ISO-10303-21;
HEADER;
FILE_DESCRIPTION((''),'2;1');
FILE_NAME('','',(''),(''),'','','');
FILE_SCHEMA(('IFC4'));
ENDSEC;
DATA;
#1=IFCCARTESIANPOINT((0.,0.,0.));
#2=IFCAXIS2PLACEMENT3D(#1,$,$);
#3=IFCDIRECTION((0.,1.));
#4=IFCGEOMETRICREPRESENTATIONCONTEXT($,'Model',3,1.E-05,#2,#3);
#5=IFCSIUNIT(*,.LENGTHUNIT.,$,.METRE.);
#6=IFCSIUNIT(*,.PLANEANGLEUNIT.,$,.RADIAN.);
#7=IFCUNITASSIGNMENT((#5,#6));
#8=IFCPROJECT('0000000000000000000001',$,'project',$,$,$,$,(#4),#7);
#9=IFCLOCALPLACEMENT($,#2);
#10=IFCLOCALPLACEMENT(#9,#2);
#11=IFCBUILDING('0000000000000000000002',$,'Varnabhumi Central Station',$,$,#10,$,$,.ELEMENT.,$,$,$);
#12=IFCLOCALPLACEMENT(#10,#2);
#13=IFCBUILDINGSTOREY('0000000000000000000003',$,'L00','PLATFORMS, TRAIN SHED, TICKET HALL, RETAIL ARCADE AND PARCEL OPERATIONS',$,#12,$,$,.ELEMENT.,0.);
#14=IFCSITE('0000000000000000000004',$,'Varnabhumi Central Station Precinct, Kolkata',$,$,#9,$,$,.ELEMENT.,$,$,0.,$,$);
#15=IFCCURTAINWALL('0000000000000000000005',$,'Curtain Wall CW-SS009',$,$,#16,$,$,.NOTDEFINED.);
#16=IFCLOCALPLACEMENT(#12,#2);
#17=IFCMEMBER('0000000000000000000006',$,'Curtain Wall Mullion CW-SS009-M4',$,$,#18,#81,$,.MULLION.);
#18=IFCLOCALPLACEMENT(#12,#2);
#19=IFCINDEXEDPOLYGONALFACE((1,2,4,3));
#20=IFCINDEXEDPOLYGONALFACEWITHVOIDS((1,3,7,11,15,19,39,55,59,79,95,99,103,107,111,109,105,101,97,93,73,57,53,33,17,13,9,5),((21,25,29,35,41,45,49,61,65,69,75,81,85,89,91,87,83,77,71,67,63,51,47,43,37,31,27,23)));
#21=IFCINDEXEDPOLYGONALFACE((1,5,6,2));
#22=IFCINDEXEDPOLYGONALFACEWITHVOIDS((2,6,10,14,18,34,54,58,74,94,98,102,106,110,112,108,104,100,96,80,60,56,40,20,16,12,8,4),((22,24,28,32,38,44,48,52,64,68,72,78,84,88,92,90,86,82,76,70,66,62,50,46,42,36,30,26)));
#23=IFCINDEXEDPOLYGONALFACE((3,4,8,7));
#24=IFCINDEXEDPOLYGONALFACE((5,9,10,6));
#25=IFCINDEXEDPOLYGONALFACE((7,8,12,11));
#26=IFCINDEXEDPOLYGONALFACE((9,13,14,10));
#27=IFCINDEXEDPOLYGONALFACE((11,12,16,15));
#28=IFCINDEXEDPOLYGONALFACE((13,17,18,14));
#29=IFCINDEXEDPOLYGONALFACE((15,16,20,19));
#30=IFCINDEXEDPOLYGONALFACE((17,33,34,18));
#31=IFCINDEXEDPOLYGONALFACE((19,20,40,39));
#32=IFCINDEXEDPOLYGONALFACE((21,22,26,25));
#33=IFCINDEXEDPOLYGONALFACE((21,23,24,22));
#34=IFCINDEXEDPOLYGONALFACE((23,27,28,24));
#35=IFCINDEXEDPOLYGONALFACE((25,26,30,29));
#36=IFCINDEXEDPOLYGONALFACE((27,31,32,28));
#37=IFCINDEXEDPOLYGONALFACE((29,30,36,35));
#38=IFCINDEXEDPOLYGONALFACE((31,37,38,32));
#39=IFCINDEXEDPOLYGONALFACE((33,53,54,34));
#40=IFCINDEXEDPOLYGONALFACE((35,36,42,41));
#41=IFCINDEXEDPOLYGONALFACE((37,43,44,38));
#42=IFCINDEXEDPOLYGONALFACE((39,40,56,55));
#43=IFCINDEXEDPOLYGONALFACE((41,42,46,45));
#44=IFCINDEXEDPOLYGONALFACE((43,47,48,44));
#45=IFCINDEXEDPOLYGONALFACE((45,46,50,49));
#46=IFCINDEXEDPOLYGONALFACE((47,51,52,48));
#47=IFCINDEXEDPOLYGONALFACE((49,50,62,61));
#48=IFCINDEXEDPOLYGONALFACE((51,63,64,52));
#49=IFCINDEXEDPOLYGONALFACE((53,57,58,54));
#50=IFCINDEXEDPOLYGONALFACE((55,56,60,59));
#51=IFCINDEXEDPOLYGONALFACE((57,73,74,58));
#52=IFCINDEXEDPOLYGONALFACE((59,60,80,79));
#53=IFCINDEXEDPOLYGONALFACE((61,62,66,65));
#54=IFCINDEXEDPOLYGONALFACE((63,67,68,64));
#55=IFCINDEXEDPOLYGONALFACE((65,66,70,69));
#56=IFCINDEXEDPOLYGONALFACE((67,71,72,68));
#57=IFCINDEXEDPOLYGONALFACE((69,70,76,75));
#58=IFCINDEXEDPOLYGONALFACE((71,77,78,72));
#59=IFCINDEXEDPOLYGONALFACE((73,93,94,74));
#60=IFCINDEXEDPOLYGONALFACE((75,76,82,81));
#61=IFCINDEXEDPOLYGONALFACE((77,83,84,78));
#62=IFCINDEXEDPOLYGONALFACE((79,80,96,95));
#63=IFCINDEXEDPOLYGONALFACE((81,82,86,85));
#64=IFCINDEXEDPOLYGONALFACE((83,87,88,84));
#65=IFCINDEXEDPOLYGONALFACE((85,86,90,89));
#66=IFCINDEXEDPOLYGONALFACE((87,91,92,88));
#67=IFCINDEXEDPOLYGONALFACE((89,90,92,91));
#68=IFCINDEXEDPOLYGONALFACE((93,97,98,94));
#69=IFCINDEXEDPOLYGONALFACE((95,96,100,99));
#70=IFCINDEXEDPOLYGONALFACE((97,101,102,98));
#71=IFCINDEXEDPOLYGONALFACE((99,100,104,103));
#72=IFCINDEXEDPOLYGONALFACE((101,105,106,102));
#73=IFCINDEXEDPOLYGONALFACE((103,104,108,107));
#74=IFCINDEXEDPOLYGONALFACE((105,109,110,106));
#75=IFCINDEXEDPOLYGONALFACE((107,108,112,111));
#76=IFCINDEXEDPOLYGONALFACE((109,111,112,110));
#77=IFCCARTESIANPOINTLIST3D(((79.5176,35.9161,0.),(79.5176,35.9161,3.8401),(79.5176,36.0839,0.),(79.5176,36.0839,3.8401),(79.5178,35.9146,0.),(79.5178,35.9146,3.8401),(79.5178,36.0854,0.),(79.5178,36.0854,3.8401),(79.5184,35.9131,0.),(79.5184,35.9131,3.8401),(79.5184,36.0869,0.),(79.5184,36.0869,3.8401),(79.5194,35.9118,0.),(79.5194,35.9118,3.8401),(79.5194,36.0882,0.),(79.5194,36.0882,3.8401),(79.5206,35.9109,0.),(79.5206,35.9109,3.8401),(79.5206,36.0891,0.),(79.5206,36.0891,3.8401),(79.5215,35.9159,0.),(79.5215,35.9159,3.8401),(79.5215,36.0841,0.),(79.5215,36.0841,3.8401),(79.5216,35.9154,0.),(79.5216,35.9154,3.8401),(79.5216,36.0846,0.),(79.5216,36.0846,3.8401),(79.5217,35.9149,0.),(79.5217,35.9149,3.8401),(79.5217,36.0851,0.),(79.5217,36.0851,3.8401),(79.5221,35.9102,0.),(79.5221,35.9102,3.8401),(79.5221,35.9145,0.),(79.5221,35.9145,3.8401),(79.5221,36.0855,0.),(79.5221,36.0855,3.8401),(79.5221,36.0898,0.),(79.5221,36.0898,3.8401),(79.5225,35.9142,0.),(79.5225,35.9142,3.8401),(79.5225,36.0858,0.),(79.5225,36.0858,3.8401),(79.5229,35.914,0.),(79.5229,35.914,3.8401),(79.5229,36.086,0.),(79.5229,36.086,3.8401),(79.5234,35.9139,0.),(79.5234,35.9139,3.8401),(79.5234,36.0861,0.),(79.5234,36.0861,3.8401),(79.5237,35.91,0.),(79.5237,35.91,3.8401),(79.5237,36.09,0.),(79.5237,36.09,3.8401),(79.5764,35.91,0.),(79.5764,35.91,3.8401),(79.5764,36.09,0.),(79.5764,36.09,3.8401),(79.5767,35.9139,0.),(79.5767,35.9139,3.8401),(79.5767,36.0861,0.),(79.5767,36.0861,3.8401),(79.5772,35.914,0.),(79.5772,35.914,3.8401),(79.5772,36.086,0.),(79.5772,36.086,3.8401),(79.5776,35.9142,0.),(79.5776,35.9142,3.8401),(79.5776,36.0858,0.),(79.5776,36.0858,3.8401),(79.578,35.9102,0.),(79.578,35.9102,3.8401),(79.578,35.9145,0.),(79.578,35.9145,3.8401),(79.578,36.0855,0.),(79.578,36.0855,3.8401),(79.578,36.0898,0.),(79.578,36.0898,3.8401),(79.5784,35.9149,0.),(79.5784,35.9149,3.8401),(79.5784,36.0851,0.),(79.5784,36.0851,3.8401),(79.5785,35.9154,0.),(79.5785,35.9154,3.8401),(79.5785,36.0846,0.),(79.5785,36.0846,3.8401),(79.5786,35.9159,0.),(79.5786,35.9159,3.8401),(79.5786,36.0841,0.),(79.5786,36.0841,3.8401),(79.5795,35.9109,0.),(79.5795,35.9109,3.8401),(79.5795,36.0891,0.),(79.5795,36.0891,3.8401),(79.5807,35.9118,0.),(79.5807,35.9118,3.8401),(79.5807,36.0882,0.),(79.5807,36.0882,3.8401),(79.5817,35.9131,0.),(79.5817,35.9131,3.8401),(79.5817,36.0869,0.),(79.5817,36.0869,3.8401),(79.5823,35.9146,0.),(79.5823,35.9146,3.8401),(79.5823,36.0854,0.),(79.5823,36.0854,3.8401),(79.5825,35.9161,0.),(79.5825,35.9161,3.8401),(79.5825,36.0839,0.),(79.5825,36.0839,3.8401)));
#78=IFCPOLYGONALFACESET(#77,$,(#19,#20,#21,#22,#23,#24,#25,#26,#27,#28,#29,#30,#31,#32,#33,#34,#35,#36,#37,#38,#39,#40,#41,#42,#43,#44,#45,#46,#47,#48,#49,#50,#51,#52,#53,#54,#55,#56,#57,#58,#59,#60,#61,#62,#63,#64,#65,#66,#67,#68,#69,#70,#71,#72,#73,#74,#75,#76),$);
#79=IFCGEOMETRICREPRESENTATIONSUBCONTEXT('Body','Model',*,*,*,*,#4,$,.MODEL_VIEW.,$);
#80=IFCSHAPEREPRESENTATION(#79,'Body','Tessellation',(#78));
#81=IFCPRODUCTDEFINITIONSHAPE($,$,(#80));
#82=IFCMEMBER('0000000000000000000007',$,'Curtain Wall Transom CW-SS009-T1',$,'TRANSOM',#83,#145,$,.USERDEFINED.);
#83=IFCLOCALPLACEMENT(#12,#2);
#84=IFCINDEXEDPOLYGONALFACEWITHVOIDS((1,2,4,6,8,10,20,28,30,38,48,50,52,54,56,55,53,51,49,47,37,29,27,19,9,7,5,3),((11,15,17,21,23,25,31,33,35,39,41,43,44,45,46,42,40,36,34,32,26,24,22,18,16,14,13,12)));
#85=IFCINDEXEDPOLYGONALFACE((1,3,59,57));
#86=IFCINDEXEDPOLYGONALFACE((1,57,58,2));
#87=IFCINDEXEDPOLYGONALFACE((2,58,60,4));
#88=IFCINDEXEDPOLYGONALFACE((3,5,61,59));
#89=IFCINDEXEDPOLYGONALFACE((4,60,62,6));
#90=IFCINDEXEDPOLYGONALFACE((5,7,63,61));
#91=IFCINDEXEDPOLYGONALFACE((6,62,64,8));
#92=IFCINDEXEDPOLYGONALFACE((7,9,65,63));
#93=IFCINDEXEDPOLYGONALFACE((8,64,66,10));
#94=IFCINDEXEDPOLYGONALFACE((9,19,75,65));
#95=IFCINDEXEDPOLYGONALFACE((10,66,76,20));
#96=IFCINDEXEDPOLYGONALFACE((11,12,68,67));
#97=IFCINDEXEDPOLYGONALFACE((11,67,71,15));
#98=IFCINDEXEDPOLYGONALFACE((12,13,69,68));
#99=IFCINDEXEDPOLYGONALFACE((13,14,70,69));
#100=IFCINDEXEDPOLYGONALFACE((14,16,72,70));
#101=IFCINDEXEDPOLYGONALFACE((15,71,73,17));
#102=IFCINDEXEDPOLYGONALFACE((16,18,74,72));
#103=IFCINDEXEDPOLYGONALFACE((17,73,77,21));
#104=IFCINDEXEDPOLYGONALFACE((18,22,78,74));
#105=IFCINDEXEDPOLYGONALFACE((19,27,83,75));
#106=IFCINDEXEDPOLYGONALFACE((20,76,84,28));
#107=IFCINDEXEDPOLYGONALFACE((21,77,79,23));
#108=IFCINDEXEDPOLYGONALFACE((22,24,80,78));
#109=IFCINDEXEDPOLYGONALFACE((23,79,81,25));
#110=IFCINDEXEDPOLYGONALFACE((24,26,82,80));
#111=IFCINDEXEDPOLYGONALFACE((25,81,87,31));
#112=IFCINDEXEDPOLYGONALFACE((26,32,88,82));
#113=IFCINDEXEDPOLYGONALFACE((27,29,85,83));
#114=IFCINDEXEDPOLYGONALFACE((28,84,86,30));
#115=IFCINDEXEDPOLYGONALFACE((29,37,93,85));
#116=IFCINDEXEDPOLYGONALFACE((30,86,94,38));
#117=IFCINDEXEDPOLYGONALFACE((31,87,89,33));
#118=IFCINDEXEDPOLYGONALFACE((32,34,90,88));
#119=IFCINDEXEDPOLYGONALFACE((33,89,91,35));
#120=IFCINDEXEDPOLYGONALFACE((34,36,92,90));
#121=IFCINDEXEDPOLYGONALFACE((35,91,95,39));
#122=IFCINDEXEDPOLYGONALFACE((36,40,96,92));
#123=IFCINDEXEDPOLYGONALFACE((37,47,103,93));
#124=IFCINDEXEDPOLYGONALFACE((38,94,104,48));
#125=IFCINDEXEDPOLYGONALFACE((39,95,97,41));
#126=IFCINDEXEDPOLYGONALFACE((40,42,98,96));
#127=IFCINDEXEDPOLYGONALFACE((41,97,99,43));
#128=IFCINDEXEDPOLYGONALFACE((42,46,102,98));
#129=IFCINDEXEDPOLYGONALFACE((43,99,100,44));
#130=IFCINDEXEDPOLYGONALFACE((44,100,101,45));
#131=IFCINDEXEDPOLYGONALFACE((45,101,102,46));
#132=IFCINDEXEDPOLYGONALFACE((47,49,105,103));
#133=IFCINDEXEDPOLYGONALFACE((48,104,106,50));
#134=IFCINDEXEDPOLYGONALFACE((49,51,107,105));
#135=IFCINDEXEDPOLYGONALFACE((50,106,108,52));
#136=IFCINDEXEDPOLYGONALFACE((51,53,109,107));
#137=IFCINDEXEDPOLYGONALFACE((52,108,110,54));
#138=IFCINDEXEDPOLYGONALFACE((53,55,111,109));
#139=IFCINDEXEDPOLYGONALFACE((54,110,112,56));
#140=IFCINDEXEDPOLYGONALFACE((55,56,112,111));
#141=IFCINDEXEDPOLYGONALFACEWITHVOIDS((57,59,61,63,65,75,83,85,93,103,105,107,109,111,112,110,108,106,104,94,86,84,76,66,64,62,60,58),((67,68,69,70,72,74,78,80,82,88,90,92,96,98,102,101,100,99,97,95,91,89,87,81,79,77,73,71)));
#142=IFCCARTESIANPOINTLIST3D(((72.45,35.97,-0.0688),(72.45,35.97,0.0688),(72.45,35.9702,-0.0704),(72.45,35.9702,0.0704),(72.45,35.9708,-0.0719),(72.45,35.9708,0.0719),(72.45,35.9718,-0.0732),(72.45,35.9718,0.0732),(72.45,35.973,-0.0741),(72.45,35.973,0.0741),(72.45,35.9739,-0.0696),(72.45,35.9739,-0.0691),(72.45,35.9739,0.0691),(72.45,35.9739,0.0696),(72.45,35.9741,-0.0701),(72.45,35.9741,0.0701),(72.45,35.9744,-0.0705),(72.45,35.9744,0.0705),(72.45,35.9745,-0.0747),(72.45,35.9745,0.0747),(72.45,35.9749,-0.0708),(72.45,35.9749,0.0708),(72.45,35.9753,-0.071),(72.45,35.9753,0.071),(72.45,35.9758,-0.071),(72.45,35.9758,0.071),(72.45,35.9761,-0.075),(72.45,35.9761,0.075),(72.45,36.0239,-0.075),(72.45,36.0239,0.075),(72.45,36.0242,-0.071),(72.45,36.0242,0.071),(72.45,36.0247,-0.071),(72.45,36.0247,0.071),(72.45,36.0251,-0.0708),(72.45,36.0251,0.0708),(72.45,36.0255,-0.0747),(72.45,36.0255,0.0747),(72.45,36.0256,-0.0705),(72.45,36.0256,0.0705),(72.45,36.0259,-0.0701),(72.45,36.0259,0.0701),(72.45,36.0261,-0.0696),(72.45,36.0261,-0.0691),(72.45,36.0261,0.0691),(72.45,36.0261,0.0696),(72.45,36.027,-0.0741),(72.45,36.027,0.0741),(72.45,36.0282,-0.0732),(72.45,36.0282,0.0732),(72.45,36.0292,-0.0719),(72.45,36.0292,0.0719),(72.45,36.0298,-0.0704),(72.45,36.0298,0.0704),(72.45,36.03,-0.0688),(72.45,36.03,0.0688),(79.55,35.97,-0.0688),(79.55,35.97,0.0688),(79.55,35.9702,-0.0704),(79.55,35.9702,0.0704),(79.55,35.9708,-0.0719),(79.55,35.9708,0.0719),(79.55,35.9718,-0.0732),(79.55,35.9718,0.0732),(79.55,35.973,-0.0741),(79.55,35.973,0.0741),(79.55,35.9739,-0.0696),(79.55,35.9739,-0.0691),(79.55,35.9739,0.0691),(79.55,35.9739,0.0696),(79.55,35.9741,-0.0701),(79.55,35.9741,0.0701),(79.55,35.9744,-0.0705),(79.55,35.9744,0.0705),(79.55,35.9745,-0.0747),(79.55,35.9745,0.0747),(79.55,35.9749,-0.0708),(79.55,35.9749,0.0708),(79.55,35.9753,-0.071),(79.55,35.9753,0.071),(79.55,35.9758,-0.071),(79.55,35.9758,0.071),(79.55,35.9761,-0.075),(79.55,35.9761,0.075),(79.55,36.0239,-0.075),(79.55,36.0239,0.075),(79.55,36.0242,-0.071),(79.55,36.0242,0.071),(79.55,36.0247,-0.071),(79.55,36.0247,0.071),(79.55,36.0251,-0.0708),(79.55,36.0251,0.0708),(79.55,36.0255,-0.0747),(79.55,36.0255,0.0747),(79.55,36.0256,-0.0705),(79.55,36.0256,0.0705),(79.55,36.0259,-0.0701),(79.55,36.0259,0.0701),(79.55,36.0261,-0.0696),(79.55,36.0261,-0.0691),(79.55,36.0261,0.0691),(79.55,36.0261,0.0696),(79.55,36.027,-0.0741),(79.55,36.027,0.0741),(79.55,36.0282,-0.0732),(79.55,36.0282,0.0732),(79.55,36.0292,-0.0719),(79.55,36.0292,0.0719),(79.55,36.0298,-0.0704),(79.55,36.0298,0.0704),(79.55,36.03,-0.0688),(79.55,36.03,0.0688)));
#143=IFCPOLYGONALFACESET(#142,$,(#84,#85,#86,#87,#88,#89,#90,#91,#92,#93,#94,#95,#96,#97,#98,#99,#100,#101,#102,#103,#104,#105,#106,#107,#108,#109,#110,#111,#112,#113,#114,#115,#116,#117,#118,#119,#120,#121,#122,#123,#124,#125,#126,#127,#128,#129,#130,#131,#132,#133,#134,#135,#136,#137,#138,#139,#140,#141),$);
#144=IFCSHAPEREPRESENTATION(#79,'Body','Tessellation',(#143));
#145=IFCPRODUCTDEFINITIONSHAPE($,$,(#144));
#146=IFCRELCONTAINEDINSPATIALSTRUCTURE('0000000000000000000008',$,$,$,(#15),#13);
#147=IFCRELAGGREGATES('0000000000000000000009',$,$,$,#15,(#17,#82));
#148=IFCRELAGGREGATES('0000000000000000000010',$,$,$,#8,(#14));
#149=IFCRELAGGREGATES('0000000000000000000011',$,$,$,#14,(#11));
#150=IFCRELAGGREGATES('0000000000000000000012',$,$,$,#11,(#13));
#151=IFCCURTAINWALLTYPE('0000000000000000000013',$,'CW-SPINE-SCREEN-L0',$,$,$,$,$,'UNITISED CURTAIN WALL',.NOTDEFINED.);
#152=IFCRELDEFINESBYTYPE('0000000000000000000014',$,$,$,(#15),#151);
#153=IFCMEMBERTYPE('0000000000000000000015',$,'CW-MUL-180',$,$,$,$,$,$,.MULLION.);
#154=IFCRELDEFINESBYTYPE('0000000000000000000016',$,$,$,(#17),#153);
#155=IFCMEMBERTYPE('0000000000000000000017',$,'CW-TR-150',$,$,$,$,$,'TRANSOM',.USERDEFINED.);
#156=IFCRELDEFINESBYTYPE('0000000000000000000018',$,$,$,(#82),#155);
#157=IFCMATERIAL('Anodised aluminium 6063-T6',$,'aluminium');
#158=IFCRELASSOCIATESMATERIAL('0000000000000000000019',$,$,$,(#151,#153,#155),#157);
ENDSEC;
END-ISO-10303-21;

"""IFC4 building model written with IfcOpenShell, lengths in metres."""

from ifc_helpers import new_model, si_unit, direction, frame, origin, origin_2d, place, context, subcontext, project, spatial, hollow_rectangle, extrude, material, material_profile, profile_set, type_object, element, aggregate, save


model = new_model("IFC4")

# Units and contexts
model_context = context("Model", 3, precision=1e-05, world=origin(), true_north=direction((0.0, 1.0)))
body_context = subcontext(model_context, "Body", "Model", "MODEL_VIEW")
ifc_project = project(units=[si_unit("LENGTHUNIT", "METRE"), si_unit("PLANEANGLEUNIT", "RADIAN")], contexts=[model_context])

# Site, building, storey
site_placement = place(None, origin())
site = spatial("IfcSite", under=ifc_project, at=site_placement, Name="Varnabhumi Central Station Precinct, Kolkata", CompositionType="ELEMENT", RefElevation=0.0)
building_placement = place(site_placement, origin())
building = spatial("IfcBuilding", under=site, at=building_placement, Name="Varnabhumi Central Station", CompositionType="ELEMENT")
storey_placement = place(building_placement, origin())
storey = spatial("IfcBuildingStorey", under=building, at=storey_placement, Name="L00", Description="PLATFORMS, TRAIN SHED, TICKET HALL, RETAIL ARCADE AND PARCEL OPERATIONS", CompositionType="ELEMENT", Elevation=0.0)

# Curtain wall, members
ifc_material_1 = material(Name="Anodised aluminium 6063-T6", Category="aluminium")
curtain_wall_type = type_object("IfcCurtainWallType", Name="CW-SPINE-SCREEN-L0", ElementType="UNITISED CURTAIN WALL", PredefinedType="NOTDEFINED", material=ifc_material_1)
curtain_wall_placement = place(storey_placement, origin())
curtain_wall = element("IfcCurtainWall", 1, at=curtain_wall_placement, inside=storey, type_object=curtain_wall_type, Name="Curtain Wall CW-SS009", PredefinedType="NOTDEFINED")
ifc_material_profile_1 = material_profile(ifc_material_1, hollow_rectangle(XDim=0.0649, YDim=0.1799, WallThickness=0.0039, InnerFilletRadius=0.002, OuterFilletRadius=0.0061, at=origin_2d()), Name="Anodised aluminium 6063-T6", Category="aluminium")
ifc_profile_set_1 = profile_set([ifc_material_profile_1], Name="Anodised aluminium 6063-T6")
member_type_1 = type_object("IfcMemberType", Name="CW-MUL-180", PredefinedType="MULLION", material=ifc_profile_set_1)
member_1_placement = place(storey_placement, frame((79.55, 36.0, 0.0), z_axis=(0.0, 0.0, 1.0), x_axis=(1.0, 0.0, 0.0)))
member_1 = element("IfcMember", 2, at=member_1_placement, type_object=member_type_1, Name="Curtain Wall Mullion CW-SS009-M4", PredefinedType="MULLION", context=body_context, shape_type="SweptSolid", body=[
    extrude(hollow_rectangle(XDim=0.0649, YDim=0.1799, WallThickness=0.0039, InnerFilletRadius=0.002, OuterFilletRadius=0.0061, at=origin_2d()), origin(), (0.0, 0.0, 1.0), 3.8401),
])
ifc_material_profile_2 = material_profile(ifc_material_1, hollow_rectangle(XDim=0.0601, YDim=0.1499, WallThickness=0.0039, InnerFilletRadius=0.002, OuterFilletRadius=0.0061, at=origin_2d()), Name="Anodised aluminium 6063-T6", Category="aluminium")
ifc_profile_set_2 = profile_set([ifc_material_profile_2], Name="Anodised aluminium 6063-T6")
member_type_2 = type_object("IfcMemberType", Name="CW-TR-150", ElementType="TRANSOM", PredefinedType="USERDEFINED", material=ifc_profile_set_2)
member_2_placement = place(storey_placement, frame((72.45, 36.0, 0.0), z_axis=(1.0, 0.0, 0.0), x_axis=(0.0, 1.0, 0.0)))
member_2 = element("IfcMember", 3, at=member_2_placement, type_object=member_type_2, Name="Curtain Wall Transom CW-SS009-T1", ObjectType="TRANSOM", PredefinedType="USERDEFINED", context=body_context, shape_type="SweptSolid", body=[
    extrude(hollow_rectangle(XDim=0.0601, YDim=0.1499, WallThickness=0.0039, InnerFilletRadius=0.002, OuterFilletRadius=0.0061, at=origin_2d()), origin(), (0.0, 0.0, 1.0), 7.1001),
])
aggregate(curtain_wall, [member_1, member_2])

save(model, "model.ifc")
